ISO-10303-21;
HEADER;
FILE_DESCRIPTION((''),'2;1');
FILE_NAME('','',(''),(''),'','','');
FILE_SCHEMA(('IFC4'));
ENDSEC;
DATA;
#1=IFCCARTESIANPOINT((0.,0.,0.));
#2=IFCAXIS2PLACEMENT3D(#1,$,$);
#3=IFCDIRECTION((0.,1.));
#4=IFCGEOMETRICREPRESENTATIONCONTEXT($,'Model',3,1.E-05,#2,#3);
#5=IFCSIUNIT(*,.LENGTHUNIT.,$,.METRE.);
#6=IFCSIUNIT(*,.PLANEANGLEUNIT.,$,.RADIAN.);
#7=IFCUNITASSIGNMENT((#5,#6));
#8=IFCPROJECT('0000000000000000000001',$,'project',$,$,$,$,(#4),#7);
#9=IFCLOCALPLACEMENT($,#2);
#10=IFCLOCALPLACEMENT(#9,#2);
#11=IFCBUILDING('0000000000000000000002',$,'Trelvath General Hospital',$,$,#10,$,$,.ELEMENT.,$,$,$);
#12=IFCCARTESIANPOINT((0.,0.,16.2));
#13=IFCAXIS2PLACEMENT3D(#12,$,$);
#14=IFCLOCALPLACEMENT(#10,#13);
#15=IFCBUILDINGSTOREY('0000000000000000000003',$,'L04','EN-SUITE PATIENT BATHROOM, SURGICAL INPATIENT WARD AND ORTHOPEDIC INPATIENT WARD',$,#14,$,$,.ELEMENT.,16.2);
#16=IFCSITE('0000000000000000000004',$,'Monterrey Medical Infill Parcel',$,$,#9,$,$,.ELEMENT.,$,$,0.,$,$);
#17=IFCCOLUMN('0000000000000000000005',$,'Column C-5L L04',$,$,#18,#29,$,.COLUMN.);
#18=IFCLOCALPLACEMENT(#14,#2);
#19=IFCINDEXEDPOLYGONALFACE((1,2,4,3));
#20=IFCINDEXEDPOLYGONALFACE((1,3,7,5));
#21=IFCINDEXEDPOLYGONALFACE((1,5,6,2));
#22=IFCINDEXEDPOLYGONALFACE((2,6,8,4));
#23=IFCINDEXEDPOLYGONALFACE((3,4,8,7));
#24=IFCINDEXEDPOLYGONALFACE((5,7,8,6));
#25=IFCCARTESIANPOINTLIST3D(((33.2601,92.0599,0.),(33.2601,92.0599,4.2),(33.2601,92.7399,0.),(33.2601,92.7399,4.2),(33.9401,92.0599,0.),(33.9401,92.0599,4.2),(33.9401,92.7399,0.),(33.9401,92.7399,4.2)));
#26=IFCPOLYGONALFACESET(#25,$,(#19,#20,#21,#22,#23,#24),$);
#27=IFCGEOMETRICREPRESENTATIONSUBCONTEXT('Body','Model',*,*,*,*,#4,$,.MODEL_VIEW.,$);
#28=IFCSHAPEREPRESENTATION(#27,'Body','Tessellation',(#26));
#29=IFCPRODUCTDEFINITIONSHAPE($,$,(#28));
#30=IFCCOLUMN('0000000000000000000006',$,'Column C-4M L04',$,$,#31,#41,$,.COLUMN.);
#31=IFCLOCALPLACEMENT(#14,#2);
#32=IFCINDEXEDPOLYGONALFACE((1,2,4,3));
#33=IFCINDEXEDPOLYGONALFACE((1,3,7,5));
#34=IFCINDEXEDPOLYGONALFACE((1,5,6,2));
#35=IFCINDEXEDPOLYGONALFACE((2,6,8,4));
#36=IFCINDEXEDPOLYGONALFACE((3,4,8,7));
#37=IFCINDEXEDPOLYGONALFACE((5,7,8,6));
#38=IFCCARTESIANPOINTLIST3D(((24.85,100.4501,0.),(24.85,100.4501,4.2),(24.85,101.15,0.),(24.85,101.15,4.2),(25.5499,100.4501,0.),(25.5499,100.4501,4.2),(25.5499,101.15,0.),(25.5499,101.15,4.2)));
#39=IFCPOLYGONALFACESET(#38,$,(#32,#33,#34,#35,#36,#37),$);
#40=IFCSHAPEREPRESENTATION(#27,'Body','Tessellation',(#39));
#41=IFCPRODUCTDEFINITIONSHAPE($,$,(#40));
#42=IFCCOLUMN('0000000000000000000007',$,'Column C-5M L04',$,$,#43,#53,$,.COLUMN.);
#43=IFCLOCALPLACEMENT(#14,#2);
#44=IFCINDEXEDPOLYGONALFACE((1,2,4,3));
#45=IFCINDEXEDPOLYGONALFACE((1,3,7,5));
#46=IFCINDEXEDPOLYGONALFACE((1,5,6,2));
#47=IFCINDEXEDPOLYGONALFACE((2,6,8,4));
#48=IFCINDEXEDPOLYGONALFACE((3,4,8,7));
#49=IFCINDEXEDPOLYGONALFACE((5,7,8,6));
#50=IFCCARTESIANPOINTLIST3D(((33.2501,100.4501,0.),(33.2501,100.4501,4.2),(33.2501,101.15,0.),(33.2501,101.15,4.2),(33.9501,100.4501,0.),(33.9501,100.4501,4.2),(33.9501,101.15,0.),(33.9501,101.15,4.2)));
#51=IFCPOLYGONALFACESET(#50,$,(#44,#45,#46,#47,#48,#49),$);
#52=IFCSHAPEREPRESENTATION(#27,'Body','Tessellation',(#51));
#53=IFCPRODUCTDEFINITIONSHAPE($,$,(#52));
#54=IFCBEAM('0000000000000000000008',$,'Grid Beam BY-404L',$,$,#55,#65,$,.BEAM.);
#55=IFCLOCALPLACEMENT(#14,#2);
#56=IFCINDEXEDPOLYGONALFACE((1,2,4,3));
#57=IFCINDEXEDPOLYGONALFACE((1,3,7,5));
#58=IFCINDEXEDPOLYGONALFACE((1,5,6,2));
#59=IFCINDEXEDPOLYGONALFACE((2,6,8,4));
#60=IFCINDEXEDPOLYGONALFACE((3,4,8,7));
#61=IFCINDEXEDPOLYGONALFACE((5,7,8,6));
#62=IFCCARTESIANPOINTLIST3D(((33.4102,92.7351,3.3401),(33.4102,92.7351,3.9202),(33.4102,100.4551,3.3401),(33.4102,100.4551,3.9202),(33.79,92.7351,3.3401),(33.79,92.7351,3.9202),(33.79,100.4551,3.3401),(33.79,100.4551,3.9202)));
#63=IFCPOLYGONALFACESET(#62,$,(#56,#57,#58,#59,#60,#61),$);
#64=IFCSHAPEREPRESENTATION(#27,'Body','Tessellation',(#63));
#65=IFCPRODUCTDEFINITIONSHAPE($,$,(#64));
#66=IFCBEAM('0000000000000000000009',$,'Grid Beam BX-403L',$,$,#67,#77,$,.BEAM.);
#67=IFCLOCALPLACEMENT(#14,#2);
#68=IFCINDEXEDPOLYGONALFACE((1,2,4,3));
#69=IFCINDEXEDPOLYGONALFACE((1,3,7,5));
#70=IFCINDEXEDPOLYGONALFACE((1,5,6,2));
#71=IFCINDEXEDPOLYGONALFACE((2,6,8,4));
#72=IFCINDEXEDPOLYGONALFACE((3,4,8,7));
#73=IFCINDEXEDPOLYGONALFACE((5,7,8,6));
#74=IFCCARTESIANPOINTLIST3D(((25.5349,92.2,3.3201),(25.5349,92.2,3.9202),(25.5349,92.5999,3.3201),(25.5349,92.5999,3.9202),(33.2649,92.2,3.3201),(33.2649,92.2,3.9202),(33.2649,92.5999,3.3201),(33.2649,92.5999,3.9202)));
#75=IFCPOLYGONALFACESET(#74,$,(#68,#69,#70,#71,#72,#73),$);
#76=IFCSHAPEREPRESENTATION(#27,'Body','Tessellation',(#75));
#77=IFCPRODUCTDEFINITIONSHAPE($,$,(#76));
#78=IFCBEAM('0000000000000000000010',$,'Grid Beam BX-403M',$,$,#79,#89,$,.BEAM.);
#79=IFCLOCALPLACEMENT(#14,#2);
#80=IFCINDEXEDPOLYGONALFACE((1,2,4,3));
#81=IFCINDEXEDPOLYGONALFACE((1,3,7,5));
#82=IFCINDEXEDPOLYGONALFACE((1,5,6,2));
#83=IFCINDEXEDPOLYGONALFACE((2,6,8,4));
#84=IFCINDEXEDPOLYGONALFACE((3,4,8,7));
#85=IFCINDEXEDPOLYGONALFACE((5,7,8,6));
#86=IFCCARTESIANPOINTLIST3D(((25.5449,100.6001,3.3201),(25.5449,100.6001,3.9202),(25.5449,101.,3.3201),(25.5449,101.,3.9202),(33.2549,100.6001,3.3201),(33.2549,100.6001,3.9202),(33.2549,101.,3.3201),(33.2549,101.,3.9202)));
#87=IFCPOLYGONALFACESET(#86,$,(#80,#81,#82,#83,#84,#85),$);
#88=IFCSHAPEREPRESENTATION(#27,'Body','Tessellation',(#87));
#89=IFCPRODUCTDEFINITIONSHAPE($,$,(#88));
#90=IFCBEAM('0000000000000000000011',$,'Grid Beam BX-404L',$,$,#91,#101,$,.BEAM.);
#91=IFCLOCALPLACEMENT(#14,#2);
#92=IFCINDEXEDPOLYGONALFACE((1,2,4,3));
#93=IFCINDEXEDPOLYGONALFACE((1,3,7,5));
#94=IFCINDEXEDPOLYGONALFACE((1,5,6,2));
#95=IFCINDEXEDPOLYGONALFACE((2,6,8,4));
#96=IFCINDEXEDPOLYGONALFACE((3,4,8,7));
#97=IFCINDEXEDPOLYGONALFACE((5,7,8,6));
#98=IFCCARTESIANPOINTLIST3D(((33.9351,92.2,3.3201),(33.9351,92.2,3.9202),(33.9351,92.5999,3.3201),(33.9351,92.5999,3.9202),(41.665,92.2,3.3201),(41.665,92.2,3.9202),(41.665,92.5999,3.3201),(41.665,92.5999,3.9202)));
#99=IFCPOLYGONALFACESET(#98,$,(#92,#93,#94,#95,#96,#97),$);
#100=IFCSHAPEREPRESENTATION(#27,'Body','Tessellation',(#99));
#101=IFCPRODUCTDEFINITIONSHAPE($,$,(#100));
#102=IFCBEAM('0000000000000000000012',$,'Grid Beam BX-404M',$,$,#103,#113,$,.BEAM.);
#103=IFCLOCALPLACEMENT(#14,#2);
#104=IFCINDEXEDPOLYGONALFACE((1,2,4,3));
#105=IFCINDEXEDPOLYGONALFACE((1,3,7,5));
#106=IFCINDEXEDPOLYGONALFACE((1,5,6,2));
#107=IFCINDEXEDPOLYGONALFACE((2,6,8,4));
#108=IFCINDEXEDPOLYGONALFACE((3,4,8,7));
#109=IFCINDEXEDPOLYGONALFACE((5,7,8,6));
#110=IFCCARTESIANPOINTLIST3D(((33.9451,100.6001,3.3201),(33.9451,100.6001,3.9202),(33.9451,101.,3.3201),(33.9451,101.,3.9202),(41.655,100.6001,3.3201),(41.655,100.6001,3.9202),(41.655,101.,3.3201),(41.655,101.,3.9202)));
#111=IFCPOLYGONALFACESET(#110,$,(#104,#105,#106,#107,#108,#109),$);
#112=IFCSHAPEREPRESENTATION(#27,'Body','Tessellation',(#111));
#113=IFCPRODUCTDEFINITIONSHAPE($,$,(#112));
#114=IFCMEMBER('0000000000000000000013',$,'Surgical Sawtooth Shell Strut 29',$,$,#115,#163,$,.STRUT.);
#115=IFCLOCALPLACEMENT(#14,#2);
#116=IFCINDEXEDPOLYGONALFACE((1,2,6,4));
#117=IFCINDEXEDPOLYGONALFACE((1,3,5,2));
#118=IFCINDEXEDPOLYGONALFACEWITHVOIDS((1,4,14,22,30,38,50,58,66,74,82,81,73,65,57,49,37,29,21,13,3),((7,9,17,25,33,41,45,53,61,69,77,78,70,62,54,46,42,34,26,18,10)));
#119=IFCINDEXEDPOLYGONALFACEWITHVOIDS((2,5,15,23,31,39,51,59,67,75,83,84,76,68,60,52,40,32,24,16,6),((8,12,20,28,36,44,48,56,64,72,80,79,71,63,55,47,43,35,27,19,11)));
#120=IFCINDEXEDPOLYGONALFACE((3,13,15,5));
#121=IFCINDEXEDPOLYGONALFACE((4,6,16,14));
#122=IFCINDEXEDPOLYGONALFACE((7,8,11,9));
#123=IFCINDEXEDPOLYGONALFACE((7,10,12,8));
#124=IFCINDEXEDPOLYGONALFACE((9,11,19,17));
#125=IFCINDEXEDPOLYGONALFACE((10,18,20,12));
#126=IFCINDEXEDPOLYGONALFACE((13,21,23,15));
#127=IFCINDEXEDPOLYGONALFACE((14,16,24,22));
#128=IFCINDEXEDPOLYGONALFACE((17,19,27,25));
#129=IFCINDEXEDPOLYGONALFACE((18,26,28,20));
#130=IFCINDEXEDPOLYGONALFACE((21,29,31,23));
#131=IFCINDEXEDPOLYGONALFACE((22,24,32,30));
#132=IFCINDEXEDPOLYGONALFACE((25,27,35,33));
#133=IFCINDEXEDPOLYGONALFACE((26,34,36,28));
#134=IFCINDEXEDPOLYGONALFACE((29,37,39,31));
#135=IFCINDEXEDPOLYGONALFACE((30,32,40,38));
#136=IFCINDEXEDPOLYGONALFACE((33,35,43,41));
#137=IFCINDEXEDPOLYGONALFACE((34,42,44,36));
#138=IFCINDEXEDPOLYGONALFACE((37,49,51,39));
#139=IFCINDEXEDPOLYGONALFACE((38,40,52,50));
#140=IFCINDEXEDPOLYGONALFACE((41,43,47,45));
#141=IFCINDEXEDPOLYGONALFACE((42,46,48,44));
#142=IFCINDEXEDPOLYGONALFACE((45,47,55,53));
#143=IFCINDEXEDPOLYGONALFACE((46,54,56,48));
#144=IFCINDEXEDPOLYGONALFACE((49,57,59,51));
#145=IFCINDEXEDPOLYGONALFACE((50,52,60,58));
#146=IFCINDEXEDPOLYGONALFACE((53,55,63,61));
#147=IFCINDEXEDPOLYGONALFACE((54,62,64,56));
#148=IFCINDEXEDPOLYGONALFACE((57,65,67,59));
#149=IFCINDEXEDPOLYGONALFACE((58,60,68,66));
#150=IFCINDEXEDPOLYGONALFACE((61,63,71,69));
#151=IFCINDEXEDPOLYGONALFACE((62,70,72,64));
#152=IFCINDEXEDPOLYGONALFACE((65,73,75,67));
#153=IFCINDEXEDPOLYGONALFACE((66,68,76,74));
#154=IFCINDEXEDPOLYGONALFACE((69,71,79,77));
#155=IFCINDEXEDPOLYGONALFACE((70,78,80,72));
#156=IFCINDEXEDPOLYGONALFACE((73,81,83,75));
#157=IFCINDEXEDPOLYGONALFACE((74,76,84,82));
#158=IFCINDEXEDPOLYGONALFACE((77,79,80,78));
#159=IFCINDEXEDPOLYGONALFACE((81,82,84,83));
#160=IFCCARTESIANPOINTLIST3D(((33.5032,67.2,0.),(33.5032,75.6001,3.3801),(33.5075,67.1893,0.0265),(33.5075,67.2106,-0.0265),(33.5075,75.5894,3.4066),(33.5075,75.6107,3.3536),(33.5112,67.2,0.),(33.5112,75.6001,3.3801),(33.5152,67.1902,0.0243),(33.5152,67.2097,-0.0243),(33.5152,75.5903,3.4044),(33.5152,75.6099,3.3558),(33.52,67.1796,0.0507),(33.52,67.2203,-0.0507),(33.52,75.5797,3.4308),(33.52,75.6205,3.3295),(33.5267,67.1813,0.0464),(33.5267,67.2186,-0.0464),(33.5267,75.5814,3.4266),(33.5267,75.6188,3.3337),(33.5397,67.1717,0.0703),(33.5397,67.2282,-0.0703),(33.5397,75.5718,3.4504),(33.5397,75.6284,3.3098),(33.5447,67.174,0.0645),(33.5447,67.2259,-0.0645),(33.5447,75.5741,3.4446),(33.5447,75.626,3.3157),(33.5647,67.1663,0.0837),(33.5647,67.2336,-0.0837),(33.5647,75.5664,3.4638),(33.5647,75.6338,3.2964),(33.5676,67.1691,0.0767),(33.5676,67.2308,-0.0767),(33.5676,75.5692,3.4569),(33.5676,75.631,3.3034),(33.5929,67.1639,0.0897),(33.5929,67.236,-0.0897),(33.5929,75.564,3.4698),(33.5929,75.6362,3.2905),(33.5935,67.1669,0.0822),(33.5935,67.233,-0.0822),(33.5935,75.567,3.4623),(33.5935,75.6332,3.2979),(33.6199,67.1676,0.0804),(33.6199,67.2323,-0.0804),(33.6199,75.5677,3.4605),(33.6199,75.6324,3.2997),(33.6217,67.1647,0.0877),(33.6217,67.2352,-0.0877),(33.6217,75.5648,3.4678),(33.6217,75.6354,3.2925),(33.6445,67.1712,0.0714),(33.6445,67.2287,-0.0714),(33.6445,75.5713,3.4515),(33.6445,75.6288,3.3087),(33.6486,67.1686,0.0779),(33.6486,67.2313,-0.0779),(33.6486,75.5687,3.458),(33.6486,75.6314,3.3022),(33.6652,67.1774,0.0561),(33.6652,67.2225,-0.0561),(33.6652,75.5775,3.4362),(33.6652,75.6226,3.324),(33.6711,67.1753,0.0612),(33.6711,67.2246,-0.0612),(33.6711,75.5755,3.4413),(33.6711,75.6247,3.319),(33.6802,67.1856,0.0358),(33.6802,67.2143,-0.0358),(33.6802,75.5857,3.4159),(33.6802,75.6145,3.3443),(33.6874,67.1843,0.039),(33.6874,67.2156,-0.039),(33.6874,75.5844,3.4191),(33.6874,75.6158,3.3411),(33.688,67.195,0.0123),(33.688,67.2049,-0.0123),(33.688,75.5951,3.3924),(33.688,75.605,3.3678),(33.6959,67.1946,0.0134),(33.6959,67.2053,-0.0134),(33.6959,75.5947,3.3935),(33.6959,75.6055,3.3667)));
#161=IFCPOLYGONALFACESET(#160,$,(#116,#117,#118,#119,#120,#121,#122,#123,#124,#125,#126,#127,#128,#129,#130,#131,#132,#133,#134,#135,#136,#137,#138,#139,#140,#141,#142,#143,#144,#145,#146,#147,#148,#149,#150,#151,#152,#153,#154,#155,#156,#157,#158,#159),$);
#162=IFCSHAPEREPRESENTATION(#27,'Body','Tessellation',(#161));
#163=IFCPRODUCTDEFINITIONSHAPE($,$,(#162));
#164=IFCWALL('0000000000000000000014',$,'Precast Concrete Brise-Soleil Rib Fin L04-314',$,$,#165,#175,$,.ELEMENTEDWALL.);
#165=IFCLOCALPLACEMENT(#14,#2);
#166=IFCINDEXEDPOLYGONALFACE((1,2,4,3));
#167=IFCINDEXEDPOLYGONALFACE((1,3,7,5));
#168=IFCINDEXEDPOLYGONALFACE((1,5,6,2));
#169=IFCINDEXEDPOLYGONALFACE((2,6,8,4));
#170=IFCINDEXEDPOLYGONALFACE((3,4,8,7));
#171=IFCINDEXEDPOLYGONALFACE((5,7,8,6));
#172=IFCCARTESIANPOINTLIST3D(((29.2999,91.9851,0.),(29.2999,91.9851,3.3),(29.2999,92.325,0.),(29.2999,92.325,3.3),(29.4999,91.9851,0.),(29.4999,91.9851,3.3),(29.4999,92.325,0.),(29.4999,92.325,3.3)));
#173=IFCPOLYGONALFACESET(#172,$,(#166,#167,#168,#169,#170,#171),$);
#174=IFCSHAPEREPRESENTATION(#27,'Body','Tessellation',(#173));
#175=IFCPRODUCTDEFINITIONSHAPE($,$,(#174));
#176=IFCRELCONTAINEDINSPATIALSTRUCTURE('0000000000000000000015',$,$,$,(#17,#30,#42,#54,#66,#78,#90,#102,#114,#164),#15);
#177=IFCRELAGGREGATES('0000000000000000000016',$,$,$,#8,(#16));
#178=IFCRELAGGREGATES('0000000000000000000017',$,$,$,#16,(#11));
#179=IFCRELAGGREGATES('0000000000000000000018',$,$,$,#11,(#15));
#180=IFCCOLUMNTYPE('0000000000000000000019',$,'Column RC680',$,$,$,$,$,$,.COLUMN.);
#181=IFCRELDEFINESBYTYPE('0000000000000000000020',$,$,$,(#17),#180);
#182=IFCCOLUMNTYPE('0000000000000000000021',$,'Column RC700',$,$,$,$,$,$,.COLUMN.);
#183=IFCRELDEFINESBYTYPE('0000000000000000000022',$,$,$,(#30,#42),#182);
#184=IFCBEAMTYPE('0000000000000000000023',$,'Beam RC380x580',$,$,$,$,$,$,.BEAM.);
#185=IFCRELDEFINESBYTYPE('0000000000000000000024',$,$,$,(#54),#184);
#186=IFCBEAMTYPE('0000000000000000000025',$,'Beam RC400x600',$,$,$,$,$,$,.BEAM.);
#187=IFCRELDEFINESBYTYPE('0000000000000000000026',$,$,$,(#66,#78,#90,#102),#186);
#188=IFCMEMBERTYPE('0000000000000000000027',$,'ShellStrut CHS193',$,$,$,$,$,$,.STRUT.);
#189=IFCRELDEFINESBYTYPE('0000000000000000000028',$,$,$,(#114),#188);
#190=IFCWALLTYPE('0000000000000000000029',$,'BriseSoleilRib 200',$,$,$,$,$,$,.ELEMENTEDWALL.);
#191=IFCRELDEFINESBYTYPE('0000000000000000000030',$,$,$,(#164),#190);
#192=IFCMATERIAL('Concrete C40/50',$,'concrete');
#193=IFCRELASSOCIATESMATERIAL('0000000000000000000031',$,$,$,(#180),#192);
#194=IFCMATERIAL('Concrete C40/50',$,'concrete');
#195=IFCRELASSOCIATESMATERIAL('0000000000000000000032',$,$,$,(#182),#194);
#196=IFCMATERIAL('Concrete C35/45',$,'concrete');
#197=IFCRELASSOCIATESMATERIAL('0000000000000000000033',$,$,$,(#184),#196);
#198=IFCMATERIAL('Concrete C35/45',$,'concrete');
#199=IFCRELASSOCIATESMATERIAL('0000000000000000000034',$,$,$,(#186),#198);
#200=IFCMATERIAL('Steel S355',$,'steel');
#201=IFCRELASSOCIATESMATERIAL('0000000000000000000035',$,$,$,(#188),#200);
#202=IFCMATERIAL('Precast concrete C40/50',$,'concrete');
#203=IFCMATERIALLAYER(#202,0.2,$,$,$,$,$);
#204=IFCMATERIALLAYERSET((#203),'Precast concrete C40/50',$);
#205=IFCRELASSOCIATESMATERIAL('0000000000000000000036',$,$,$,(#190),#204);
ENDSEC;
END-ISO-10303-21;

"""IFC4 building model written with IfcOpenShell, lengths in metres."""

from ifc_helpers import new_model, si_unit, direction, frame, frame_2d, origin, origin_2d, place, context, subcontext, project, spatial, rectangle, hollow_circle, extrude, material, layer, layer_set, material_profile, profile_set, type_object, element, save


model = new_model("IFC4")

# Units and contexts
model_context = context("Model", 3, precision=1e-05, world=origin(), true_north=direction((0.0, 1.0)))
body_context = subcontext(model_context, "Body", "Model", "MODEL_VIEW")
ifc_project = project(units=[si_unit("LENGTHUNIT", "METRE"), si_unit("PLANEANGLEUNIT", "RADIAN")], contexts=[model_context])

# Site, building, storey
site_placement = place(None, origin())
site = spatial("IfcSite", under=ifc_project, at=site_placement, Name="Monterrey Medical Infill Parcel", CompositionType="ELEMENT", RefElevation=0.0)
building_placement = place(site_placement, origin())
building = spatial("IfcBuilding", under=site, at=building_placement, Name="Trelvath General Hospital", CompositionType="ELEMENT")
storey_placement = place(building_placement, frame((0.0, 0.0, 16.2)))
storey = spatial("IfcBuildingStorey", under=building, at=storey_placement, Name="L04", Description="EN-SUITE PATIENT BATHROOM, SURGICAL INPATIENT WARD AND ORTHOPEDIC INPATIENT WARD", CompositionType="ELEMENT", Elevation=16.2)

# Columns
ifc_material_1 = material(Name="Concrete C40/50", Category="concrete")
ifc_material_profile_1 = material_profile(ifc_material_1, rectangle(XDim=0.6799, YDim=0.6799, at=origin_2d()), Name="RC680x680")
ifc_profile_set_1 = profile_set([ifc_material_profile_1], Name="Concrete C40/50")
column_type_1 = type_object("IfcColumnType", Name="Column RC680", PredefinedType="COLUMN", material=ifc_profile_set_1)
column_placement = place(storey_placement, frame((33.6001, 92.3999, 0.0), z_axis=(0.0, 0.0, 1.0), x_axis=(1.0, 0.0, 0.0)))
element("IfcColumn", 1, at=column_placement, inside=storey, type_object=column_type_1, Name="Column C-5L L04", PredefinedType="COLUMN", context=body_context, shape_type="SweptSolid", body=[
    extrude(rectangle(XDim=0.6799, YDim=0.6799, at=origin_2d()), origin(), (0.0, 0.0, 1.0), 4.2),
])
ifc_material_2 = material(Name="Concrete C40/50", Category="concrete")
ifc_material_profile_2 = material_profile(ifc_material_2, rectangle(XDim=0.7, YDim=0.7, at=origin_2d()), Name="RC700x700")
ifc_profile_set_2 = profile_set([ifc_material_profile_2], Name="Concrete C40/50")
column_type_2 = type_object("IfcColumnType", Name="Column RC700", PredefinedType="COLUMN", material=ifc_profile_set_2)
for number, where, z_axis, x_axis, name in (
    (2, (25.2, 100.8, 0.0), (0.0, 0.0, 1.0), (1.0, 0.0, 0.0), "Column C-4M L04"),
    (3, (33.6001, 100.8, 0.0), (0.0, 0.0, 1.0), (1.0, 0.0, 0.0), "Column C-5M L04"),
):
    element("IfcColumn", number, at=place(storey_placement, frame(where, z_axis=z_axis, x_axis=x_axis)), inside=storey, type_object=column_type_2, Name=name, PredefinedType="COLUMN", context=body_context, shape_type="SweptSolid", body=[
        extrude(rectangle(XDim=0.7, YDim=0.7, at=origin_2d()), origin(), (0.0, 0.0, 1.0), 4.2),
    ])

# Beams
ifc_material_3 = material(Name="Concrete C35/45", Category="concrete")
ifc_material_profile_3 = material_profile(ifc_material_3, rectangle(XDim=0.3799, YDim=0.5801, at=origin_2d()), Name="RCB380x580")
ifc_profile_set_3 = profile_set([ifc_material_profile_3], Name="Concrete C35/45")
beam_type_1 = type_object("IfcBeamType", Name="Beam RC380x580", PredefinedType="BEAM", material=ifc_profile_set_3)
beam_1_placement = place(storey_placement, frame((33.6001, 92.7351, 3.6301), z_axis=(0.0, 1.0, 0.0), x_axis=(-1.0, 0.0, 0.0)))
element("IfcBeam", 4, at=beam_1_placement, inside=storey, type_object=beam_type_1, Name="Grid Beam BY-404L", PredefinedType="BEAM", context=body_context, shape_type="SweptSolid", body=[
    extrude(rectangle(XDim=0.3799, YDim=0.5801, at=origin_2d()), origin(), (0.0, 0.0, 1.0), 7.72),
])
ifc_material_4 = material(Name="Concrete C35/45", Category="concrete")
ifc_material_profile_4 = material_profile(ifc_material_4, rectangle(XDim=0.3999, YDim=0.6001, at=origin_2d()), Name="RCB400x600")
ifc_profile_set_4 = profile_set([ifc_material_profile_4], Name="Concrete C35/45")
beam_type_2 = type_object("IfcBeamType", Name="Beam RC400x600", PredefinedType="BEAM", material=ifc_profile_set_4)
beam_2_placement = place(storey_placement, frame((25.5349, 92.3999, 3.6201), z_axis=(1.0, 0.0, 0.0), x_axis=(0.0, 1.0, 0.0)))
element("IfcBeam", 5, at=beam_2_placement, inside=storey, type_object=beam_type_2, Name="Grid Beam BX-403L", PredefinedType="BEAM", context=body_context, shape_type="SweptSolid", body=[
    extrude(rectangle(XDim=0.3999, YDim=0.6001, at=origin_2d()), origin(), (0.0, 0.0, 1.0), 7.73),
])
beam_3_placement = place(storey_placement, frame((25.5449, 100.8, 3.6201), z_axis=(1.0, 0.0, 0.0), x_axis=(0.0, 1.0, 0.0)))
element("IfcBeam", 6, at=beam_3_placement, inside=storey, type_object=beam_type_2, Name="Grid Beam BX-403M", PredefinedType="BEAM", context=body_context, shape_type="SweptSolid", body=[
    extrude(rectangle(XDim=0.3999, YDim=0.6001, at=origin_2d()), origin(), (0.0, 0.0, 1.0), 7.71),
])
beam_4_placement = place(storey_placement, frame((33.9351, 92.3999, 3.6201), z_axis=(1.0, 0.0, 0.0), x_axis=(0.0, 1.0, 0.0)))
element("IfcBeam", 7, at=beam_4_placement, inside=storey, type_object=beam_type_2, Name="Grid Beam BX-404L", PredefinedType="BEAM", context=body_context, shape_type="SweptSolid", body=[
    extrude(rectangle(XDim=0.3999, YDim=0.6001, at=origin_2d()), origin(), (0.0, 0.0, 1.0), 7.73),
])
beam_5_placement = place(storey_placement, frame((33.9451, 100.8, 3.6201), z_axis=(1.0, 0.0, 0.0), x_axis=(0.0, 1.0, 0.0)))
element("IfcBeam", 8, at=beam_5_placement, inside=storey, type_object=beam_type_2, Name="Grid Beam BX-404M", PredefinedType="BEAM", context=body_context, shape_type="SweptSolid", body=[
    extrude(rectangle(XDim=0.3999, YDim=0.6001, at=origin_2d()), origin(), (0.0, 0.0, 1.0), 7.71),
])

# Member
ifc_material_5 = material(Name="Steel S355", Category="steel")
ifc_material_profile_5 = material_profile(ifc_material_5, hollow_circle(Radius=0.0969, WallThickness=0.0081, at=origin_2d()), Name="CHS193.7x8.0")
ifc_profile_set_5 = profile_set([ifc_material_profile_5], Name="Steel S355")
member_type = type_object("IfcMemberType", Name="ShellStrut CHS193", PredefinedType="STRUT", material=ifc_profile_set_5)
member_placement = place(storey_placement, frame((33.6001, 67.2, 0.0), z_axis=(0.0, 0.92771, 0.373301), x_axis=(-1.0, 0.0, 0.0)))
element("IfcMember", 9, at=member_placement, inside=storey, type_object=member_type, Name="Surgical Sawtooth Shell Strut 29", PredefinedType="STRUT", context=body_context, shape_type="SweptSolid", body=[
    extrude(hollow_circle(Radius=0.0969, WallThickness=0.0081, at=origin_2d()), origin(), (0.0, 0.0, 1.0), 9.0547),
])

# Wall
ifc_material_6 = material(Name="Precast concrete C40/50", Category="concrete")
ifc_layer_1 = layer(ifc_material_6, 0.2)
ifc_layer_set_1 = layer_set([ifc_layer_1], Name="Precast concrete C40/50")
wall_type_1 = type_object("IfcWallType", Name="BriseSoleilRib 200", PredefinedType="ELEMENTEDWALL", material=ifc_layer_set_1)
wall_1_placement = place(storey_placement, frame((29.3999, 92.325, 0.0), z_axis=(0.0, 0.0, 1.0), x_axis=(0.0, -1.0, 0.0)))
element("IfcWall", 10, at=wall_1_placement, inside=storey, type_object=wall_type_1, Name="Precast Concrete Brise-Soleil Rib Fin L04-314", PredefinedType="ELEMENTEDWALL", context=body_context, shape_type="SweptSolid", body=[
    extrude(rectangle(XDim=0.3398, YDim=0.2, at=frame_2d((0.1699, 0.0))), origin(), (0.0, 0.0, 1.0), 3.3),
])

save(model, "model.ifc")
